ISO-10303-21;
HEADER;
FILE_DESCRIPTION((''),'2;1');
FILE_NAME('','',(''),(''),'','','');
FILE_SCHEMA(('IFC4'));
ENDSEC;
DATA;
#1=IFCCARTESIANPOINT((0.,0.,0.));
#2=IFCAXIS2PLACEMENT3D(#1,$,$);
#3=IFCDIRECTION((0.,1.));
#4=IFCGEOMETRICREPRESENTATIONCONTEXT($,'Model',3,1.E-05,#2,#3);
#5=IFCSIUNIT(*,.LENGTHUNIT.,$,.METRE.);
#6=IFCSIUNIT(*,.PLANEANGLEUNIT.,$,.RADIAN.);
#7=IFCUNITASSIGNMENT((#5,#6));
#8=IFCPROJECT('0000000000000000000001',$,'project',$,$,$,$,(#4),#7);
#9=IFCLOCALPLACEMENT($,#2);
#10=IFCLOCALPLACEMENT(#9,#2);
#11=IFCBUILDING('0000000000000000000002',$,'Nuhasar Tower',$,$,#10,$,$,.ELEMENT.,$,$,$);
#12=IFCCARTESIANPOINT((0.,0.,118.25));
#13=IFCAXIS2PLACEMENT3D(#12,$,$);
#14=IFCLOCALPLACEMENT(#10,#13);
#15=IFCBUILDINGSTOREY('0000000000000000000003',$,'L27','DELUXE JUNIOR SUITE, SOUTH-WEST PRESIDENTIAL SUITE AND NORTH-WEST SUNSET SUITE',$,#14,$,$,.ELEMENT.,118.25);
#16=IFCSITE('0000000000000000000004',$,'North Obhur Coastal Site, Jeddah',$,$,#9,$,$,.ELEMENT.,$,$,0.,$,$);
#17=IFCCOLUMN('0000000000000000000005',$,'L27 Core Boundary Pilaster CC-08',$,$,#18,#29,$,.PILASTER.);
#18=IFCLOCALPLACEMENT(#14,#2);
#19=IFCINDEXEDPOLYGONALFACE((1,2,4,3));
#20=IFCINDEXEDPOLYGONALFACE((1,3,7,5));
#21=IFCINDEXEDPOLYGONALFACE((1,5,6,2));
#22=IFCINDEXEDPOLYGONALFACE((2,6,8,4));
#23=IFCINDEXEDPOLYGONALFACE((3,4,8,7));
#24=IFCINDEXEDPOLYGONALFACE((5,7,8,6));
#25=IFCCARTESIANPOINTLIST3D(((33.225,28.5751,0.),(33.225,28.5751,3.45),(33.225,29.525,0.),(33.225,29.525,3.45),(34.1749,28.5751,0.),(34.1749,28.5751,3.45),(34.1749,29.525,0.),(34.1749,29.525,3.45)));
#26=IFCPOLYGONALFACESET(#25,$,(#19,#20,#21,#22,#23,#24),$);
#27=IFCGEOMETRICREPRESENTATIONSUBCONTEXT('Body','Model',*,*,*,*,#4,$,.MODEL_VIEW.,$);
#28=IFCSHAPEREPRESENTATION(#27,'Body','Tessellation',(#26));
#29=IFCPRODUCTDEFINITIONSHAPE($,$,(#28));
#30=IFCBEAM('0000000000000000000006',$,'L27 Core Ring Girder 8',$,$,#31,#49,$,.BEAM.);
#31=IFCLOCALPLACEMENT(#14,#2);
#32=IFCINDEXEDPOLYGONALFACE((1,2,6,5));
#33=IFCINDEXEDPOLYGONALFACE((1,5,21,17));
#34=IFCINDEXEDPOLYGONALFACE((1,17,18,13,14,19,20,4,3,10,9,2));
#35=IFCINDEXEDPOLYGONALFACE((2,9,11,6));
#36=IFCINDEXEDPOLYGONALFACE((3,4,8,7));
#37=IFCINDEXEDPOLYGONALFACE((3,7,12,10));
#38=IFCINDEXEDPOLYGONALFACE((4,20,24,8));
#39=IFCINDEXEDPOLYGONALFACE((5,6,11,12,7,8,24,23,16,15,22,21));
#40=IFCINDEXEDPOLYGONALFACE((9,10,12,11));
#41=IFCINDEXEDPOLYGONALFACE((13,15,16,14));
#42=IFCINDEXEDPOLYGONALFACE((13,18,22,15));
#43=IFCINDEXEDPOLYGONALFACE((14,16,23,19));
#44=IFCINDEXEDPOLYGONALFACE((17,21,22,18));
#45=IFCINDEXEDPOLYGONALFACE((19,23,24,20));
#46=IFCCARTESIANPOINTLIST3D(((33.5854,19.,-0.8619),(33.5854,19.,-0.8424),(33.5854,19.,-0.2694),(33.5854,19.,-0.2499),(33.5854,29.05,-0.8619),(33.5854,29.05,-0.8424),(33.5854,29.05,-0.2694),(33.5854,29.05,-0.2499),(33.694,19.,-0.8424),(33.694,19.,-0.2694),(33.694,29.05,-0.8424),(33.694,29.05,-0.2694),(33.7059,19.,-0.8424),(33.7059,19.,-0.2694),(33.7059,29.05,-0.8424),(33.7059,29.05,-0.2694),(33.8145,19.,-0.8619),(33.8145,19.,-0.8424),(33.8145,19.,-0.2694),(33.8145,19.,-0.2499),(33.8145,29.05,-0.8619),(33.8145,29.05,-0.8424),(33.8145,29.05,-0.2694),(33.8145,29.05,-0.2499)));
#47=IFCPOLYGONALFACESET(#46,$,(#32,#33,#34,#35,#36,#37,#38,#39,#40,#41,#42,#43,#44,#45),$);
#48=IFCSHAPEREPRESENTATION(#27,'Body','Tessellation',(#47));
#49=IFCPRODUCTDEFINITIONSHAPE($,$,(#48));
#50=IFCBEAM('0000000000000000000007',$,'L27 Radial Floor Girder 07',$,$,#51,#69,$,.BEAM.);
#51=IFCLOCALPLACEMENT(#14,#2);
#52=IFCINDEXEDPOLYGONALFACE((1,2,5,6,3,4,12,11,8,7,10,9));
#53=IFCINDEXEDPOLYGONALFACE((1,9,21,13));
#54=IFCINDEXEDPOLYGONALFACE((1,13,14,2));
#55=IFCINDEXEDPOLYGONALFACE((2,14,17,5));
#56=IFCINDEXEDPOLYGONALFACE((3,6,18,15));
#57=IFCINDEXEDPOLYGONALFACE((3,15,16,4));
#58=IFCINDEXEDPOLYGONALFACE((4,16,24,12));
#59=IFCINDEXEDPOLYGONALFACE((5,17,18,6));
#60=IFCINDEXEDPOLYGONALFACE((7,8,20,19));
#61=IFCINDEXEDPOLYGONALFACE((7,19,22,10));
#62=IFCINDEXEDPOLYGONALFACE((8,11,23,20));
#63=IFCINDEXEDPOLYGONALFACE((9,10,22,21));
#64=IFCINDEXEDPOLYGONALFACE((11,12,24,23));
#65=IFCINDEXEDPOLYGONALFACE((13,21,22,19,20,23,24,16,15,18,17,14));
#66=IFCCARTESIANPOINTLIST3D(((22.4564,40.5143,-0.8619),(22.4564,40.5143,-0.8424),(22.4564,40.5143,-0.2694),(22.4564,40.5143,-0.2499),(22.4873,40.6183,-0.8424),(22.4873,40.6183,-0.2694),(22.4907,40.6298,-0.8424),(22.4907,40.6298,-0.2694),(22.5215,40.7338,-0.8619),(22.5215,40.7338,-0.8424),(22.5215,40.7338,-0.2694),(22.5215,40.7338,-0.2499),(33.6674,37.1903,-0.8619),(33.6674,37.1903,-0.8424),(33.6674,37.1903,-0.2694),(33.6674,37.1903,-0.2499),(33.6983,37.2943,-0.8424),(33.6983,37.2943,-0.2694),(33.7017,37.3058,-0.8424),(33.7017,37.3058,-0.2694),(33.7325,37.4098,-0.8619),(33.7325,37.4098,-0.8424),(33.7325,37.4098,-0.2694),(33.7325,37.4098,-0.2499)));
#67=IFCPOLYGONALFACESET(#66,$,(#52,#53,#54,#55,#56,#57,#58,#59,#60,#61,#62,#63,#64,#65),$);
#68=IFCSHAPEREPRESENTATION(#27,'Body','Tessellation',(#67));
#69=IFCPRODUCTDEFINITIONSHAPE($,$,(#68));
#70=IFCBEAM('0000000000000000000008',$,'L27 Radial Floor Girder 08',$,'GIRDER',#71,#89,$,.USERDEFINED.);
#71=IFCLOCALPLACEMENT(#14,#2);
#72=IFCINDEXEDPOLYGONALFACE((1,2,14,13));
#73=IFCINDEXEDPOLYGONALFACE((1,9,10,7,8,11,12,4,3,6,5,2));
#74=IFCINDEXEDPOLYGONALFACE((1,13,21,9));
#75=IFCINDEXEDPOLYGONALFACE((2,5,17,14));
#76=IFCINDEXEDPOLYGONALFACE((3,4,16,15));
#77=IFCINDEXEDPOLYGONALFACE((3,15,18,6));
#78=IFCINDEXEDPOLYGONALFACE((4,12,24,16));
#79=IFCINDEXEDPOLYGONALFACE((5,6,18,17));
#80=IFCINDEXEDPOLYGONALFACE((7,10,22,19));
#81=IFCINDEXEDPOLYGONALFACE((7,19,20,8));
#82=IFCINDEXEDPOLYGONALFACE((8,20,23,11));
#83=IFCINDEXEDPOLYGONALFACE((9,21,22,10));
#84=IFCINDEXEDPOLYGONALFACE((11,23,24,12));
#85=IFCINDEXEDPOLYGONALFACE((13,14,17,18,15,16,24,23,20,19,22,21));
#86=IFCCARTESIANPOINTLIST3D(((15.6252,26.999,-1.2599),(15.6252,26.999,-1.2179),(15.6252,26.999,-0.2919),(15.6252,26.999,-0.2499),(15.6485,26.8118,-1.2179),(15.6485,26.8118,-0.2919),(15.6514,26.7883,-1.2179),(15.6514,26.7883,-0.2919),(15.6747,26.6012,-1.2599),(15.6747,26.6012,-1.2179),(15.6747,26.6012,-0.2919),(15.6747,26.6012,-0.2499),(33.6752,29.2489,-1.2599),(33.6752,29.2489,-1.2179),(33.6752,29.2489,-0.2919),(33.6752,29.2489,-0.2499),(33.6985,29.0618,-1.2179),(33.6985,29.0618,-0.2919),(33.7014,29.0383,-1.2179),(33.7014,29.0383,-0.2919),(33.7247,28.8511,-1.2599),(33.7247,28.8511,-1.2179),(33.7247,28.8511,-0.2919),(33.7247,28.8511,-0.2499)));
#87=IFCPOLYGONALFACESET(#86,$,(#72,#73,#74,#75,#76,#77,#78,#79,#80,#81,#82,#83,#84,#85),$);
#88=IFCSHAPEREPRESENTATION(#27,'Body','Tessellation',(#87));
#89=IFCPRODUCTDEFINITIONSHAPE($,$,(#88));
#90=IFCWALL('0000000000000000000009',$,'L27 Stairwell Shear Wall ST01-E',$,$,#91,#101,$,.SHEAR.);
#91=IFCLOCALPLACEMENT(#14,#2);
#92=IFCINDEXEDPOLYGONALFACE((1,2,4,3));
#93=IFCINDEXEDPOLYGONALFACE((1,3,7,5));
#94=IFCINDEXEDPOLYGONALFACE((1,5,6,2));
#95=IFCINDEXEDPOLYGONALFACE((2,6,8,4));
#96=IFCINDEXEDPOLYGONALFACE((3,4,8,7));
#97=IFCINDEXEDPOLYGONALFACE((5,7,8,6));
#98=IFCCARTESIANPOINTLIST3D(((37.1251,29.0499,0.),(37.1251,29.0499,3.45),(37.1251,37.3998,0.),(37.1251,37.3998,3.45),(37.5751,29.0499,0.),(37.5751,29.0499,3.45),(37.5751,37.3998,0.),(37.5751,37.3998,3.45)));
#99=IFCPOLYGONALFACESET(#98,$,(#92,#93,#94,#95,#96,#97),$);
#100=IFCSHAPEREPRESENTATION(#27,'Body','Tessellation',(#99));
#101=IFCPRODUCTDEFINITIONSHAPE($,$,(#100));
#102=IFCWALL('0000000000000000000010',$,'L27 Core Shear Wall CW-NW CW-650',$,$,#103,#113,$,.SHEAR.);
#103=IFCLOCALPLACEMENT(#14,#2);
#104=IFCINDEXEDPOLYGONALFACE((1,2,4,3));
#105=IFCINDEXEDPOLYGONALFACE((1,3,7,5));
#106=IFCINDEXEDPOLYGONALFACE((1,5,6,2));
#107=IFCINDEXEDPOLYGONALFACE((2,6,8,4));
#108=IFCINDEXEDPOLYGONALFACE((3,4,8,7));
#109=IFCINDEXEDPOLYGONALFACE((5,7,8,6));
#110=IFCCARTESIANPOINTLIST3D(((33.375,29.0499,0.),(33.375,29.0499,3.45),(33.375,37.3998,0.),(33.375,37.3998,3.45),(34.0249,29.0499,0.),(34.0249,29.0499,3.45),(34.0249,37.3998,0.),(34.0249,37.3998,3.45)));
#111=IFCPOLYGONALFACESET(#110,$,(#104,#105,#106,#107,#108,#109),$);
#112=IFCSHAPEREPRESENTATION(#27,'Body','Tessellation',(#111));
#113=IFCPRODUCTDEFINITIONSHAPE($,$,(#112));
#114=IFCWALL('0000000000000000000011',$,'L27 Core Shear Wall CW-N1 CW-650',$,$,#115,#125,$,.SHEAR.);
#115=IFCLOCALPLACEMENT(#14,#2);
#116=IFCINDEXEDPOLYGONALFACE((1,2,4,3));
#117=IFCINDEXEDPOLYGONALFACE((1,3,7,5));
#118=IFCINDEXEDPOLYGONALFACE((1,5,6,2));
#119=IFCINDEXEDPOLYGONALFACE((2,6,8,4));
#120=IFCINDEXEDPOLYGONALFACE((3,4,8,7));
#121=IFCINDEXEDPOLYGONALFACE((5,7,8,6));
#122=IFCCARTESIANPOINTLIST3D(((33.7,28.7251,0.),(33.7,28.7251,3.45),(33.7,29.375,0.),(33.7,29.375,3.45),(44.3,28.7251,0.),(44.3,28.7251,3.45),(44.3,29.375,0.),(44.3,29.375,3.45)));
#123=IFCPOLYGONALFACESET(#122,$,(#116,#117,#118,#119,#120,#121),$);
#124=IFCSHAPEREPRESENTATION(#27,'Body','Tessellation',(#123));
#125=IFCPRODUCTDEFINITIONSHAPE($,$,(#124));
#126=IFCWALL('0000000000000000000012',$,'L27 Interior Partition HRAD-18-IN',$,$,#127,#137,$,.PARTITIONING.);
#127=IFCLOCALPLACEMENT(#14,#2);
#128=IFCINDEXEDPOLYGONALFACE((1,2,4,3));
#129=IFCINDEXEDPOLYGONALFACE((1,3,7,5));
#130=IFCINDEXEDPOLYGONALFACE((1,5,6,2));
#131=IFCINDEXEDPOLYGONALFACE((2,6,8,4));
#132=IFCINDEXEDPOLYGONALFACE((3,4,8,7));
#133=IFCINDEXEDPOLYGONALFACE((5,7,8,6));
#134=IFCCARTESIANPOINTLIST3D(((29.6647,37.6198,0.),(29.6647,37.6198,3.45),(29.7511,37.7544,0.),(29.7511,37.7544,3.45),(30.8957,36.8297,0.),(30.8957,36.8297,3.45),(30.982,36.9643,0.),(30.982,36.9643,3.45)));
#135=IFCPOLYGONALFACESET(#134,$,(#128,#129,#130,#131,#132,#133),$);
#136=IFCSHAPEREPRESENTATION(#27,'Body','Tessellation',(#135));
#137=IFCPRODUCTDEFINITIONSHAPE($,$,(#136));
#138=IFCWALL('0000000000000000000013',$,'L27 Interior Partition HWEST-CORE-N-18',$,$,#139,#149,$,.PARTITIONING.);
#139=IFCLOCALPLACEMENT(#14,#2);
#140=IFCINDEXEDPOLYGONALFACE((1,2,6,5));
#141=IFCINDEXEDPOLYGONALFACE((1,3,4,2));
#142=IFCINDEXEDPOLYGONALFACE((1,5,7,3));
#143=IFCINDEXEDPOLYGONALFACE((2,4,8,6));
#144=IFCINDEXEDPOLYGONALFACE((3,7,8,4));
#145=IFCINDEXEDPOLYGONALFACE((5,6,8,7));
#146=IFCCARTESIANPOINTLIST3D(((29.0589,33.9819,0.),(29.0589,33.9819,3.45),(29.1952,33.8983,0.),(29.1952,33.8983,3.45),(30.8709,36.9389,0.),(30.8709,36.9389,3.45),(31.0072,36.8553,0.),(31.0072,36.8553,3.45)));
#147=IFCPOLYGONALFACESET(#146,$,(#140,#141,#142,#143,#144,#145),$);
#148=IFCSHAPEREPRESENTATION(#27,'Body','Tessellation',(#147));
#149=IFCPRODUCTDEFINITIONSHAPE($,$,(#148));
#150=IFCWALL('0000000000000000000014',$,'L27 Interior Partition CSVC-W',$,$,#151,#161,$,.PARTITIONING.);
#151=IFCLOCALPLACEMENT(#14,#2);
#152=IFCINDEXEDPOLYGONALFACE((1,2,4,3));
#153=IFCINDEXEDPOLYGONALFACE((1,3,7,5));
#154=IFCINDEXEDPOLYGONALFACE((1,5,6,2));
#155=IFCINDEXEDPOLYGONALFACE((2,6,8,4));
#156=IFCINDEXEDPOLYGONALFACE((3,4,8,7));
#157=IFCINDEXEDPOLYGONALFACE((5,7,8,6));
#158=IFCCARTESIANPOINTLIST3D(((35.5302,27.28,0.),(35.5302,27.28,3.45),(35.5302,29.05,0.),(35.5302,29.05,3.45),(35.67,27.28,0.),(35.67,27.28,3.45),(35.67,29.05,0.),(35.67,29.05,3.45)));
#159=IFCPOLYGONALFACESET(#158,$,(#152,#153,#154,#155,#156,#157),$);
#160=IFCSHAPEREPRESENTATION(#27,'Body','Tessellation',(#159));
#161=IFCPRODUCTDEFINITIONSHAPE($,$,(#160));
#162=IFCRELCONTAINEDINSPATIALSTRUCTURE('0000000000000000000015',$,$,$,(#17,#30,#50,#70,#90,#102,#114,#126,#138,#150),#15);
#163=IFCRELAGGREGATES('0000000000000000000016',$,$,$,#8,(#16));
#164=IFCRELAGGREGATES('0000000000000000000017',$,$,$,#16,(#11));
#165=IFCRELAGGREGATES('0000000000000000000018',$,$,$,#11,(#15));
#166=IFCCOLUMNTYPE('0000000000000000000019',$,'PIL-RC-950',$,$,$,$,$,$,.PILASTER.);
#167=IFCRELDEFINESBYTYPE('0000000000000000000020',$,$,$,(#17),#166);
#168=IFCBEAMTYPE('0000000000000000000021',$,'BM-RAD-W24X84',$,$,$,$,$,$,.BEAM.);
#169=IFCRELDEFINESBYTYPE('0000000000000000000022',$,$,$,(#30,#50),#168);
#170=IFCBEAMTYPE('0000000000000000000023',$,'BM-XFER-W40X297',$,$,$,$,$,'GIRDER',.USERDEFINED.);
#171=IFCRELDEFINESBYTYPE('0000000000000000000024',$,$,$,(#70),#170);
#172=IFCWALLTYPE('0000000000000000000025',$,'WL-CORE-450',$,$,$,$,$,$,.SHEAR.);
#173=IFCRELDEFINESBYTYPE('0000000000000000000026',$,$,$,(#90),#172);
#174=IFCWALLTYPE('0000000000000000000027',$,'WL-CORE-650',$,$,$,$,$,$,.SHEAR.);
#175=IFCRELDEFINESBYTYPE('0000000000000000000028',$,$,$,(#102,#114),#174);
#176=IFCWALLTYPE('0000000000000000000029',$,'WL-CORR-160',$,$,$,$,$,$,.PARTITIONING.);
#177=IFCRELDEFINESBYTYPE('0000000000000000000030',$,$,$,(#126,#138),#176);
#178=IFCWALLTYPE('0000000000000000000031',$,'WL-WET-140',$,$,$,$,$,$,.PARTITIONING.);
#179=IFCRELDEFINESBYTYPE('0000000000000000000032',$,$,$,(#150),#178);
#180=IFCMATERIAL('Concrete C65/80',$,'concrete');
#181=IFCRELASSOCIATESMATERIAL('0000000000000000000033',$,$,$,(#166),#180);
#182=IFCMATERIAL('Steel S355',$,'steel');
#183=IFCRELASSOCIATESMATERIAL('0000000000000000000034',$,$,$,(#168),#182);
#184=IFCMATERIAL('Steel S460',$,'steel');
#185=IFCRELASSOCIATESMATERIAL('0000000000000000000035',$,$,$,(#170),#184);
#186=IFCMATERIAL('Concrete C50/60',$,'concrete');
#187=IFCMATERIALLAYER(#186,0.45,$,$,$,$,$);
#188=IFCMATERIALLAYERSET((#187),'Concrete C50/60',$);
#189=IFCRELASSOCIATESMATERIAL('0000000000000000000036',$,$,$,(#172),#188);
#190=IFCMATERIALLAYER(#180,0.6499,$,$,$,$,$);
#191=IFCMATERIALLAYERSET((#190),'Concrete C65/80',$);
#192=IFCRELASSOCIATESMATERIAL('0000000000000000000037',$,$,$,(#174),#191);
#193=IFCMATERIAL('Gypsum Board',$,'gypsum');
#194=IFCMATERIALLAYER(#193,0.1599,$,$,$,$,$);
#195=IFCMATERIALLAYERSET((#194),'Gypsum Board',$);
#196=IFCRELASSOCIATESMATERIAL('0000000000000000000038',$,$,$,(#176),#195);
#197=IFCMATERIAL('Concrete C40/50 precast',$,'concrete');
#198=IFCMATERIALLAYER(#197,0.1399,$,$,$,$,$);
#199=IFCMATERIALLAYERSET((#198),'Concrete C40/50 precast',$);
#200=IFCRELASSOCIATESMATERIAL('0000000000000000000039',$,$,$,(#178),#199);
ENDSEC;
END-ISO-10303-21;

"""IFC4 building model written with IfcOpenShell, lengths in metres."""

from ifc_helpers import new_model, si_unit, direction, frame, frame_2d, origin, origin_2d, place, context, subcontext, project, spatial, rectangle, i_section, extrude, material, layer, layer_set, material_profile, profile_set, type_object, element, save


model = new_model("IFC4")

# Units and contexts
model_context = context("Model", 3, precision=1e-05, world=origin(), true_north=direction((0.0, 1.0)))
body_context = subcontext(model_context, "Body", "Model", "MODEL_VIEW")
ifc_project = project(units=[si_unit("LENGTHUNIT", "METRE"), si_unit("PLANEANGLEUNIT", "RADIAN")], contexts=[model_context])

# Site, building, storey
site_placement = place(None, origin())
site = spatial("IfcSite", under=ifc_project, at=site_placement, Name="North Obhur Coastal Site, Jeddah", CompositionType="ELEMENT", RefElevation=0.0)
building_placement = place(site_placement, origin())
building = spatial("IfcBuilding", under=site, at=building_placement, Name="Nuhasar Tower", CompositionType="ELEMENT")
storey_placement = place(building_placement, frame((0.0, 0.0, 118.25)))
storey = spatial("IfcBuildingStorey", under=building, at=storey_placement, Name="L27", Description="DELUXE JUNIOR SUITE, SOUTH-WEST PRESIDENTIAL SUITE AND NORTH-WEST SUNSET SUITE", CompositionType="ELEMENT", Elevation=118.25)

# Column
ifc_material_1 = material(Name="Concrete C65/80", Category="concrete")
ifc_material_profile_1 = material_profile(ifc_material_1, rectangle(XDim=0.95, YDim=0.95, at=origin_2d()), Name="RC950X950")
ifc_profile_set_1 = profile_set([ifc_material_profile_1], Name="Concrete C65/80")
column_type = type_object("IfcColumnType", Name="PIL-RC-950", PredefinedType="PILASTER", material=ifc_profile_set_1)
column_placement = place(storey_placement, frame((33.7, 29.05, 0.0), z_axis=(0.0, 0.0, 1.0), x_axis=(1.0, 0.0, 0.0)))
element("IfcColumn", 1, at=column_placement, inside=storey, type_object=column_type, Name="L27 Core Boundary Pilaster CC-08", PredefinedType="PILASTER", context=body_context, shape_type="SweptSolid", body=[
    extrude(rectangle(XDim=0.95, YDim=0.95, at=origin_2d()), origin(), (0.0, 0.0, 1.0), 3.45),
])

# Beams
ifc_material_2 = material(Name="Steel S355", Category="steel")
ifc_material_profile_2 = material_profile(ifc_material_2, i_section(OverallWidth=0.229, OverallDepth=0.6121, WebThickness=0.012, FlangeThickness=0.0195, at=origin_2d()), Name="W24X84")
ifc_profile_set_2 = profile_set([ifc_material_profile_2], Name="Steel S355")
beam_type_1 = type_object("IfcBeamType", Name="BM-RAD-W24X84", PredefinedType="BEAM", material=ifc_profile_set_2)
beam_1_placement = place(storey_placement, frame((33.7, 29.05, -0.5559), z_axis=(0.0, -1.0, 0.0), x_axis=(1.0, 0.0, 0.0)))
element("IfcBeam", 2, at=beam_1_placement, inside=storey, type_object=beam_type_1, Name="L27 Core Ring Girder 8", PredefinedType="BEAM", context=body_context, shape_type="SweptSolid", body=[
    extrude(i_section(OverallWidth=0.229, OverallDepth=0.6121, WebThickness=0.012, FlangeThickness=0.0195, at=origin_2d()), origin(), (0.0, 0.0, 1.0), 10.05),
])
beam_2_placement = place(storey_placement, frame((33.7, 37.3, -0.5559), z_axis=(-0.958746, 0.284262, 0.0), x_axis=(-0.284262, -0.958746, 0.0)))
element("IfcBeam", 3, at=beam_2_placement, inside=storey, type_object=beam_type_1, Name="L27 Radial Floor Girder 07", PredefinedType="BEAM", context=body_context, shape_type="SweptSolid", body=[
    extrude(i_section(OverallWidth=0.229, OverallDepth=0.6121, WebThickness=0.012, FlangeThickness=0.0195, at=origin_2d()), origin(), (0.0, 0.0, 1.0), 11.6934),
])
ifc_material_3 = material(Name="Steel S460", Category="steel")
ifc_material_profile_3 = material_profile(ifc_material_3, i_section(OverallWidth=0.4009, OverallDepth=1.01, WebThickness=0.0237, FlangeThickness=0.042, at=origin_2d()), Name="W40X297")
ifc_profile_set_3 = profile_set([ifc_material_profile_3], Name="Steel S460")
beam_type_2 = type_object("IfcBeamType", Name="BM-XFER-W40X297", ElementType="GIRDER", PredefinedType="USERDEFINED", material=ifc_profile_set_3)
beam_3_placement = place(storey_placement, frame((33.7, 29.05, -0.7549), z_axis=(-0.99232, -0.123696, 0.0), x_axis=(0.123696, -0.99232, 0.0)))
element("IfcBeam", 4, at=beam_3_placement, inside=storey, type_object=beam_type_2, Name="L27 Radial Floor Girder 08", ObjectType="GIRDER", PredefinedType="USERDEFINED", context=body_context, shape_type="SweptSolid", body=[
    extrude(i_section(OverallWidth=0.4009, OverallDepth=1.01, WebThickness=0.0237, FlangeThickness=0.042, at=origin_2d()), origin(), (0.0, 0.0, 1.0), 18.1897),
])

# Walls
ifc_material_4 = material(Name="Concrete C50/60", Category="concrete")
ifc_layer_1 = layer(ifc_material_4, 0.45)
ifc_layer_set_1 = layer_set([ifc_layer_1], Name="Concrete C50/60")
wall_type_1 = type_object("IfcWallType", Name="WL-CORE-450", PredefinedType="SHEAR", material=ifc_layer_set_1)
wall_1_placement = place(storey_placement, frame((37.3501, 29.05, 0.0), z_axis=(0.0, 0.0, 1.0), x_axis=(0.0, 1.0, 0.0)))
element("IfcWall", 5, at=wall_1_placement, inside=storey, type_object=wall_type_1, Name="L27 Stairwell Shear Wall ST01-E", PredefinedType="SHEAR", context=body_context, shape_type="SweptSolid", body=[
    extrude(rectangle(XDim=8.3499, YDim=0.45, at=frame_2d((4.1748, 0.0))), origin(), (0.0, 0.0, 1.0), 3.45),
])
ifc_layer_2 = layer(ifc_material_1, 0.6499)
ifc_layer_set_2 = layer_set([ifc_layer_2], Name="Concrete C65/80")
wall_type_2 = type_object("IfcWallType", Name="WL-CORE-650", PredefinedType="SHEAR", material=ifc_layer_set_2)
wall_2_placement = place(storey_placement, frame((33.7, 29.05, 0.0), z_axis=(0.0, 0.0, 1.0), x_axis=(0.0, 1.0, 0.0)))
element("IfcWall", 6, at=wall_2_placement, inside=storey, type_object=wall_type_2, Name="L27 Core Shear Wall CW-NW CW-650", PredefinedType="SHEAR", context=body_context, shape_type="SweptSolid", body=[
    extrude(rectangle(XDim=8.3499, YDim=0.6499, at=frame_2d((4.1748, 0.0))), origin(), (0.0, 0.0, 1.0), 3.45),
])
wall_3_placement = place(storey_placement, frame((33.7, 29.05, 0.0), z_axis=(0.0, 0.0, 1.0), x_axis=(1.0, 0.0, 0.0)))
element("IfcWall", 7, at=wall_3_placement, inside=storey, type_object=wall_type_2, Name="L27 Core Shear Wall CW-N1 CW-650", PredefinedType="SHEAR", context=body_context, shape_type="SweptSolid", body=[
    extrude(rectangle(XDim=10.6001, YDim=0.6499, at=frame_2d((5.3, 0.0))), origin(), (0.0, 0.0, 1.0), 3.45),
])
ifc_material_5 = material(Name="Gypsum Board", Category="gypsum")
ifc_layer_3 = layer(ifc_material_5, 0.1599)
ifc_layer_set_3 = layer_set([ifc_layer_3], Name="Gypsum Board")
wall_type_3 = type_object("IfcWallType", Name="WL-CORR-160", PredefinedType="PARTITIONING", material=ifc_layer_set_3)
wall_4_placement = place(storey_placement, frame((30.939, 36.897, 0.0), z_axis=(0.0, 0.0, 1.0), x_axis=(-0.84158, 0.540133, 0.0)))
element("IfcWall", 8, at=wall_4_placement, inside=storey, type_object=wall_type_3, Name="L27 Interior Partition HRAD-18-IN", PredefinedType="PARTITIONING", context=body_context, shape_type="SweptSolid", body=[
    extrude(rectangle(XDim=1.4626, YDim=0.1599, at=frame_2d((0.7314, 0.0))), origin(), (0.0, 0.0, 1.0), 3.45),
])
wall_5_placement = place(storey_placement, frame((30.939, 36.897, 0.0), z_axis=(0.0, 0.0, 1.0), x_axis=(-0.522486, -0.852648, 0.0)))
element("IfcWall", 9, at=wall_5_placement, inside=storey, type_object=wall_type_3, Name="L27 Interior Partition HWEST-CORE-N-18", PredefinedType="PARTITIONING", context=body_context, shape_type="SweptSolid", body=[
    extrude(rectangle(XDim=3.468, YDim=0.1599, at=frame_2d((1.7339, 0.0))), origin(), (0.0, 0.0, 1.0), 3.45),
])
ifc_material_6 = material(Name="Concrete C40/50 precast", Category="concrete")
ifc_layer_4 = layer(ifc_material_6, 0.1399)
ifc_layer_set_4 = layer_set([ifc_layer_4], Name="Concrete C40/50 precast")
wall_type_4 = type_object("IfcWallType", Name="WL-WET-140", PredefinedType="PARTITIONING", material=ifc_layer_set_4)
wall_6_placement = place(storey_placement, frame((35.6001, 27.28, 0.0), z_axis=(0.0, 0.0, 1.0), x_axis=(0.0, 1.0, 0.0)))
element("IfcWall", 10, at=wall_6_placement, inside=storey, type_object=wall_type_4, Name="L27 Interior Partition CSVC-W", PredefinedType="PARTITIONING", context=body_context, shape_type="SweptSolid", body=[
    extrude(rectangle(XDim=1.77, YDim=0.1399, at=frame_2d((0.885, 0.0))), origin(), (0.0, 0.0, 1.0), 3.45),
])

save(model, "model.ifc")
